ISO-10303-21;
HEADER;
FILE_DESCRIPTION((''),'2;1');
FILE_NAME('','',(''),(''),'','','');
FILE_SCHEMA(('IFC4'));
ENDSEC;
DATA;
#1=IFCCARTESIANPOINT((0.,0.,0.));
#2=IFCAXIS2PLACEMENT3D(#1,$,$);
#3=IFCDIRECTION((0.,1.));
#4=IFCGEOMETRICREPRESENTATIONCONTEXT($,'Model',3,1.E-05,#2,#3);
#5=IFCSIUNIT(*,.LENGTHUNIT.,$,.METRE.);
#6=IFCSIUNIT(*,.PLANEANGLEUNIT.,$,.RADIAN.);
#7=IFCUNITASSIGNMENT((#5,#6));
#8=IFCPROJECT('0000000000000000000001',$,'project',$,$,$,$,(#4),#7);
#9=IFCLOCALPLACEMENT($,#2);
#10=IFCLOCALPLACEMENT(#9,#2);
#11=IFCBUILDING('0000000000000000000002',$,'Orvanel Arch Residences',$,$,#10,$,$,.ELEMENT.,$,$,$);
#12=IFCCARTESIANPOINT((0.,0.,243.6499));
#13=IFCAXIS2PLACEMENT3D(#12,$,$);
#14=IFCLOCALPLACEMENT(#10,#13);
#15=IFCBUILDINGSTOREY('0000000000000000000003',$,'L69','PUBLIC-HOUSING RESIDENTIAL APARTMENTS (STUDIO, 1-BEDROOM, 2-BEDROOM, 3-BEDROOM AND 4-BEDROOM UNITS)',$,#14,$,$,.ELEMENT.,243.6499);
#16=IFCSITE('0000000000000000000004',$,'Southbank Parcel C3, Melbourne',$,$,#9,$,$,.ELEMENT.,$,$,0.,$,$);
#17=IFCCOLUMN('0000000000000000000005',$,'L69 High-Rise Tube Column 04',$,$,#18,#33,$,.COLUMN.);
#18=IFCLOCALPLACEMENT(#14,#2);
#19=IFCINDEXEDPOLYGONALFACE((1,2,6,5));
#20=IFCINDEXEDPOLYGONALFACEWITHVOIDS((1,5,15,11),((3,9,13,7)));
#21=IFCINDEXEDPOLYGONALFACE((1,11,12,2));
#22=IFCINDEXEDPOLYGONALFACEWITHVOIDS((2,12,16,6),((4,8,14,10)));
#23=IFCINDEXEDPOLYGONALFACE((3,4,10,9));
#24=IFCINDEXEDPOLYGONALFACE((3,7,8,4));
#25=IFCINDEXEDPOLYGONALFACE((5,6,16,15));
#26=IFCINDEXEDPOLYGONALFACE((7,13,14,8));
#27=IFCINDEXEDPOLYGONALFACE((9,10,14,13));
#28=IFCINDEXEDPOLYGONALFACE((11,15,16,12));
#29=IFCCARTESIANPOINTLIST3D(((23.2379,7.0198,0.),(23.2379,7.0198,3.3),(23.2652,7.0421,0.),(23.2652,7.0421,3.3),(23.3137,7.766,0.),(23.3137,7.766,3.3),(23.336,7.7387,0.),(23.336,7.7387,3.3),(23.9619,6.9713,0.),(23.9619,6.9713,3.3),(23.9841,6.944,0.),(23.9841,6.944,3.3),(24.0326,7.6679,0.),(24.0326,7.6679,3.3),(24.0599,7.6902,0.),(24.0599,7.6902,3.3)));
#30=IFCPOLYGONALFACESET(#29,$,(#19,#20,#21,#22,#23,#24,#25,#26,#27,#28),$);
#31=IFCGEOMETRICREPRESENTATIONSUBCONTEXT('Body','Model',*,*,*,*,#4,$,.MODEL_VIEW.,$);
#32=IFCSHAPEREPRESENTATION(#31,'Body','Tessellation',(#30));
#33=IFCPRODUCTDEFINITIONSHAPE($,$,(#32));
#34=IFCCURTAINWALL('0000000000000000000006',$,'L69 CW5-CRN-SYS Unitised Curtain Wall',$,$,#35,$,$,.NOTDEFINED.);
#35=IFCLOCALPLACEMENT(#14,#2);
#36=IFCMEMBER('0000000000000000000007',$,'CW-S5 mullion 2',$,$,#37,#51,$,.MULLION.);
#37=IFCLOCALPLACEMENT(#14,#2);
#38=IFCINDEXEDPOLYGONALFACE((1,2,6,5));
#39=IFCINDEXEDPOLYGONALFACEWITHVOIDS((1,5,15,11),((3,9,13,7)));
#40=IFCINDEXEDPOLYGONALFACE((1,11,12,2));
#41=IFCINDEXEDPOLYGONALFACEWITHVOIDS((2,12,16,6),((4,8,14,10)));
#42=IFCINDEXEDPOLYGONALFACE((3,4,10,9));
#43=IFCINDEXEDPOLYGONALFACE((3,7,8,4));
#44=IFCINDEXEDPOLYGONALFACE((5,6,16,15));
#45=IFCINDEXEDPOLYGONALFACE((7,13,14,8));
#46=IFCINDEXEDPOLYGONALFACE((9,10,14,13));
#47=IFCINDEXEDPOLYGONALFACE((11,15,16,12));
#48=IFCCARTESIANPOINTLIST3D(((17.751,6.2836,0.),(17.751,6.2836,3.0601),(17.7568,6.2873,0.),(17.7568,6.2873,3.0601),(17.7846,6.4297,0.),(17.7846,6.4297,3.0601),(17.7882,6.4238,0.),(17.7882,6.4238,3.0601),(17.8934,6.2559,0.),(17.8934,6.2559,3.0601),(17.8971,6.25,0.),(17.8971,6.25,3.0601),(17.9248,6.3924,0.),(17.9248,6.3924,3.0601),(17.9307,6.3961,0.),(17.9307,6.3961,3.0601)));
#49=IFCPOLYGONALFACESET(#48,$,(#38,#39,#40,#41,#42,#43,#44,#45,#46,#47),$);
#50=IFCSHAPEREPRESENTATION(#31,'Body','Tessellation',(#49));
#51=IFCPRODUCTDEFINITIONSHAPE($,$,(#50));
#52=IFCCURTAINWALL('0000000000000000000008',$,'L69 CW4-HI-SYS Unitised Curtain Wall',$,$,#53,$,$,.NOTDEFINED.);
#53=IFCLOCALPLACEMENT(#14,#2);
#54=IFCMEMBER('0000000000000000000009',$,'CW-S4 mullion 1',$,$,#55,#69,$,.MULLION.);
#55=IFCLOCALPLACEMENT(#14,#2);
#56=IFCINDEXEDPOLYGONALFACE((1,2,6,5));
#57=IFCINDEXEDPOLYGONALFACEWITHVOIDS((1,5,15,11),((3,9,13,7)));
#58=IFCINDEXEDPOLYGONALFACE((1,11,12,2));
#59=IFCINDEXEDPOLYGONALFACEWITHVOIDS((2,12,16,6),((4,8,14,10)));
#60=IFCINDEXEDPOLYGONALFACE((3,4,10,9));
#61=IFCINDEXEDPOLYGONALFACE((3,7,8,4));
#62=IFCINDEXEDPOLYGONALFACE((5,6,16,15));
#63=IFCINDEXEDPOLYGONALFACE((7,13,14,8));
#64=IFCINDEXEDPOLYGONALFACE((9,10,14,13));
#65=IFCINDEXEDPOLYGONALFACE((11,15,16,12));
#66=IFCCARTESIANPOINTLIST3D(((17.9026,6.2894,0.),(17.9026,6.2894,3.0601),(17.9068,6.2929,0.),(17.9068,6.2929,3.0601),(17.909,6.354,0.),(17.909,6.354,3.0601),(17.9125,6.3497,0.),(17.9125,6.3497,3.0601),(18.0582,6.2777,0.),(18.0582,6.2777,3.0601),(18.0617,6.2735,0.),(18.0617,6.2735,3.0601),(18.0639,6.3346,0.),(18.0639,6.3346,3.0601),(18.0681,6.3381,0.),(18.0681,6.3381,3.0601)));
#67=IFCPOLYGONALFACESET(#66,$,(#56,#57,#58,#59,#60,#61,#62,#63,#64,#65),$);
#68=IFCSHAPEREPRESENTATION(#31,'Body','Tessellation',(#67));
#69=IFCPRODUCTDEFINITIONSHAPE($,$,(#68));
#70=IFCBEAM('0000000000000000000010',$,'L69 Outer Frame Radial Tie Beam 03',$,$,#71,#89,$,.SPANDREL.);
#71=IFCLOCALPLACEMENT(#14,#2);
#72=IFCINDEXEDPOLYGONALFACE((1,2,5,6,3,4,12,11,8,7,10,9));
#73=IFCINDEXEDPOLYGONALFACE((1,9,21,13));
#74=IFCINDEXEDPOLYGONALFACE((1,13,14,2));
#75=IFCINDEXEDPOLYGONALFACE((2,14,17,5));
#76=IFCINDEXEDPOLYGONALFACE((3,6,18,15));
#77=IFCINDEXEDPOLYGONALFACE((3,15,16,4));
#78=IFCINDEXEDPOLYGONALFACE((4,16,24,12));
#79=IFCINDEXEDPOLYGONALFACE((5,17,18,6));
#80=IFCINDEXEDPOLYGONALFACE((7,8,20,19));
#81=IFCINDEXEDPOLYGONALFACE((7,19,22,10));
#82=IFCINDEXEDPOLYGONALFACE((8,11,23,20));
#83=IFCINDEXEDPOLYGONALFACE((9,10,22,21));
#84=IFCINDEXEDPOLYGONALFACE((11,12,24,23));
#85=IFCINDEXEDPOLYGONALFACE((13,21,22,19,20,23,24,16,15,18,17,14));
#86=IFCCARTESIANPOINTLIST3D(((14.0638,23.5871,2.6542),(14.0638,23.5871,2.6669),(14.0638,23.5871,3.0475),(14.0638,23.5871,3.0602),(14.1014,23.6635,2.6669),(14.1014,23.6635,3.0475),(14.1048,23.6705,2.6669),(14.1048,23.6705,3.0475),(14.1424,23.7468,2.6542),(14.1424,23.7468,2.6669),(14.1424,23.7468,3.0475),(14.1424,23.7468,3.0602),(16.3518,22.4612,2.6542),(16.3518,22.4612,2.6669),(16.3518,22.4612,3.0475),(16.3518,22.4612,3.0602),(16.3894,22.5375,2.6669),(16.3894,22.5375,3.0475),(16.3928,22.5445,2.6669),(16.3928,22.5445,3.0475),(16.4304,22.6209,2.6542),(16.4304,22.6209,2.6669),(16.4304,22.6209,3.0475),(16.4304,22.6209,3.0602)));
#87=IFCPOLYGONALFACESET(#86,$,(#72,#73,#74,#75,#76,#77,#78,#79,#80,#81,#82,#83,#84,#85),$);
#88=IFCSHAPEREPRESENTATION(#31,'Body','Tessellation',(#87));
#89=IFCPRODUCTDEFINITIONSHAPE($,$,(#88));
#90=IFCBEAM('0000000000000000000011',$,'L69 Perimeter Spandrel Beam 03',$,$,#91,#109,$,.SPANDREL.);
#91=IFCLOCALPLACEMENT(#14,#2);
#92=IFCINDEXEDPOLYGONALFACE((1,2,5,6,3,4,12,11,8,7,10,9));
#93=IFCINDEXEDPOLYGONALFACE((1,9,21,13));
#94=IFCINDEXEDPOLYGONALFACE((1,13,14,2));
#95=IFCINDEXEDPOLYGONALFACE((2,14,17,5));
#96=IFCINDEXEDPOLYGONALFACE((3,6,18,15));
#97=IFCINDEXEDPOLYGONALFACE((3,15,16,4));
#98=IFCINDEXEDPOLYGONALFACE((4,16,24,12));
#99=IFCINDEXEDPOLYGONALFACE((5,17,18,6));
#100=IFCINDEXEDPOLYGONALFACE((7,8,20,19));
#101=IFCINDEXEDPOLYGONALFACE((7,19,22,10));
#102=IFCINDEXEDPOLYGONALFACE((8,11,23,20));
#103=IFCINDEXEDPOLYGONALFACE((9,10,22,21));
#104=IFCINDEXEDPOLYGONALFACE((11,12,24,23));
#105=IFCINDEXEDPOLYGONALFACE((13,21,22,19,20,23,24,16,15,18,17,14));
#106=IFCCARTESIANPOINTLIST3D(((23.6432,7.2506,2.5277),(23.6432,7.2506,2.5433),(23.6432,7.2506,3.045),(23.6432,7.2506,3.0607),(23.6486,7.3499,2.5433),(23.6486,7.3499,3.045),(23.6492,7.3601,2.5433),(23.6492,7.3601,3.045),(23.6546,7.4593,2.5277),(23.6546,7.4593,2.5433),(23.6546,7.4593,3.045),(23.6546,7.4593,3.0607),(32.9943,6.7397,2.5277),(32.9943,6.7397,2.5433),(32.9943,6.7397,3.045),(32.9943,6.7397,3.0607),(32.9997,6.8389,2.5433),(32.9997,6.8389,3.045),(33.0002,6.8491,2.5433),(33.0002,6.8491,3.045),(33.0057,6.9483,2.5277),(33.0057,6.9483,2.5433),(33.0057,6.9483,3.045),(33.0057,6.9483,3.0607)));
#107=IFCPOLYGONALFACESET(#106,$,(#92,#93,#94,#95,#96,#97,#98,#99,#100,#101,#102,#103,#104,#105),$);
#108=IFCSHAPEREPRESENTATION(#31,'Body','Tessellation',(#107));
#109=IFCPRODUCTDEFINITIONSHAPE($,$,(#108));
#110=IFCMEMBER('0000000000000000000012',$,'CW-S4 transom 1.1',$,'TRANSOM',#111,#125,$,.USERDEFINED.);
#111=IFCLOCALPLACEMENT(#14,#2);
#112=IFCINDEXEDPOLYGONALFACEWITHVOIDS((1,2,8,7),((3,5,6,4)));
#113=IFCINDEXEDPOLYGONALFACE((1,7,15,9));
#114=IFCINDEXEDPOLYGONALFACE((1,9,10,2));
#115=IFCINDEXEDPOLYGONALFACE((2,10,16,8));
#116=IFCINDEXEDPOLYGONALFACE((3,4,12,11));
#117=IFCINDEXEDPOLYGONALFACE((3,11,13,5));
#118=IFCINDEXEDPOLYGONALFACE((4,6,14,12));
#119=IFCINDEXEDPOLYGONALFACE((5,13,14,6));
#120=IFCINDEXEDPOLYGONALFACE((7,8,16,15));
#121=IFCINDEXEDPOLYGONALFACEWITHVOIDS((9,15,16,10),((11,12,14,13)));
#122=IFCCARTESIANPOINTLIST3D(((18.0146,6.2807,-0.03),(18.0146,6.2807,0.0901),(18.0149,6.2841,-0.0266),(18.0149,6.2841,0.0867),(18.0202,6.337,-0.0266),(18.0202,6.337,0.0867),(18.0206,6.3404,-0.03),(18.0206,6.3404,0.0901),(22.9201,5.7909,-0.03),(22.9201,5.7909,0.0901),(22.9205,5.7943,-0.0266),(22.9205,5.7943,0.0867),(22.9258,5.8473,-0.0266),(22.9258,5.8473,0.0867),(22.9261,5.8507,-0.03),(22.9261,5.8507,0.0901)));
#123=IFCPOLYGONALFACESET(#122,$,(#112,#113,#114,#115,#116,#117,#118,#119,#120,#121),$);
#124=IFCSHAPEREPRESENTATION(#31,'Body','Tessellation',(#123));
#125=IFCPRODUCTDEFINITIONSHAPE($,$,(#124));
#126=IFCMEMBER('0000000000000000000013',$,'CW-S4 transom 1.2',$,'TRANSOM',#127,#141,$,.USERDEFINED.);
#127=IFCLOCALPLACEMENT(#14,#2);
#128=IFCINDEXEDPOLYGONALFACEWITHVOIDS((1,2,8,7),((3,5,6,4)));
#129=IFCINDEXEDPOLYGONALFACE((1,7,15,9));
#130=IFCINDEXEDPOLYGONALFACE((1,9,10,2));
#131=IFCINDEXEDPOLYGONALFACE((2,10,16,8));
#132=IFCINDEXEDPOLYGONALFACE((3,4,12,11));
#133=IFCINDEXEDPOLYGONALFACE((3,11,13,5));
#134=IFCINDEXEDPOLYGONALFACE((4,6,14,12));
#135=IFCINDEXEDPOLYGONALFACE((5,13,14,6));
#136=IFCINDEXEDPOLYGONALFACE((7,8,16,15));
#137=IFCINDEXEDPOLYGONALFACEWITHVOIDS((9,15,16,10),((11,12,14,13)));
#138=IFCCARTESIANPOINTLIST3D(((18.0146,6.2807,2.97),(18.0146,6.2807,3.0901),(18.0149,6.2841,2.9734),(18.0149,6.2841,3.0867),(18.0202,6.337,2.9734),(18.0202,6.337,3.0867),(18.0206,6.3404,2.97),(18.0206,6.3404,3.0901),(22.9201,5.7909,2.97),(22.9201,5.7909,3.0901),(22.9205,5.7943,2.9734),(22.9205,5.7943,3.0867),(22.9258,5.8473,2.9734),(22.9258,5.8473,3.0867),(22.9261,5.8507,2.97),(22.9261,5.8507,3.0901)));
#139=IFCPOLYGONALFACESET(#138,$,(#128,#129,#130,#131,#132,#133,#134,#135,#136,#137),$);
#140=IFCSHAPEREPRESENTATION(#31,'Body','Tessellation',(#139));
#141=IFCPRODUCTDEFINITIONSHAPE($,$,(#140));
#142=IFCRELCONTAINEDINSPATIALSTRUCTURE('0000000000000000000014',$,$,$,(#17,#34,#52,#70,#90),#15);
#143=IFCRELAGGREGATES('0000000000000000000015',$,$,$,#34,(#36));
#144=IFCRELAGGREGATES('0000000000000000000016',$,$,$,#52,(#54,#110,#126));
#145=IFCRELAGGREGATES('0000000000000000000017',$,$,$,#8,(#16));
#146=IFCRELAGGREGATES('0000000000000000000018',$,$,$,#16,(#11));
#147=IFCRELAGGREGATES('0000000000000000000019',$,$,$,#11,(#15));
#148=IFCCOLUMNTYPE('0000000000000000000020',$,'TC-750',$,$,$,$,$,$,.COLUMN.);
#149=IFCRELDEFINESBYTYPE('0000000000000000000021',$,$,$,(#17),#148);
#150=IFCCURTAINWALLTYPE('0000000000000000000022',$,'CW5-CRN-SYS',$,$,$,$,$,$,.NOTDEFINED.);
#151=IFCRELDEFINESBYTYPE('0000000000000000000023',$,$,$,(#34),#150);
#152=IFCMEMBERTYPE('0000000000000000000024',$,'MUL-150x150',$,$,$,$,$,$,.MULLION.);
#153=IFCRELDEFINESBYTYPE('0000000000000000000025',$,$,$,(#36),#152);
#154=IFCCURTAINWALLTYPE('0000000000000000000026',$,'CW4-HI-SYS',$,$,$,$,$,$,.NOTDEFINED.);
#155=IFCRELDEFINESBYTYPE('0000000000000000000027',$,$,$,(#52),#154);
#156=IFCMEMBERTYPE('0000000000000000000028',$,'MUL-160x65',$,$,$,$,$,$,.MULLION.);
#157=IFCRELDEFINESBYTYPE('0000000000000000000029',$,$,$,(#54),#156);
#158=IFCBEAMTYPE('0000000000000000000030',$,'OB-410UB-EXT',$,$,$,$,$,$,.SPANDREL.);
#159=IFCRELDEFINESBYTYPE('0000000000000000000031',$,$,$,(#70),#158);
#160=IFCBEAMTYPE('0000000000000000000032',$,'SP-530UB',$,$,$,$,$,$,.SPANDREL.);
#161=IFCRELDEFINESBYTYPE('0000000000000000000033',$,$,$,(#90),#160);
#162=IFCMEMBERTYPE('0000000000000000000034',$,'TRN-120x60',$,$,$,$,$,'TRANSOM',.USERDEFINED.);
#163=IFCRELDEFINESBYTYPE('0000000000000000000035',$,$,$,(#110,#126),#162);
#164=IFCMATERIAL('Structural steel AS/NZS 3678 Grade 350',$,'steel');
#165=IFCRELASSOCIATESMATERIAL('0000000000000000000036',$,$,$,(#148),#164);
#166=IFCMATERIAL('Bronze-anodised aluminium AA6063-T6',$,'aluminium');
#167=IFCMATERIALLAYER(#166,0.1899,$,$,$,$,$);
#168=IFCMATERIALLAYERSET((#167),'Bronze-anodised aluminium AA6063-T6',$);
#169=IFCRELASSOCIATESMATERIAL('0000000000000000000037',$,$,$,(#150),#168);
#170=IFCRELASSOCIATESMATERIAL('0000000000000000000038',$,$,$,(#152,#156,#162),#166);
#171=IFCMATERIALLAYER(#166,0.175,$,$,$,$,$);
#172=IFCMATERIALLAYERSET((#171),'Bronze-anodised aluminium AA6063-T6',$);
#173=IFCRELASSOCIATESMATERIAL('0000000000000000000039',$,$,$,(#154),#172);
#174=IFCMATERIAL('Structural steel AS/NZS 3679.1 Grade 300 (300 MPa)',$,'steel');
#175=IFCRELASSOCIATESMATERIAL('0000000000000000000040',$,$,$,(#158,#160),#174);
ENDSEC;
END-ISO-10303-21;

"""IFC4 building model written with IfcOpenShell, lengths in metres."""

from ifc_helpers import new_model, si_unit, direction, frame, origin, origin_2d, place, context, subcontext, project, spatial, hollow_rectangle, i_section, extrude, material, layer, layer_set, material_profile, profile_set, type_object, element, aggregate, save


model = new_model("IFC4")

# Units and contexts
model_context = context("Model", 3, precision=1e-05, world=origin(), true_north=direction((0.0, 1.0)))
body_context = subcontext(model_context, "Body", "Model", "MODEL_VIEW")
ifc_project = project(units=[si_unit("LENGTHUNIT", "METRE"), si_unit("PLANEANGLEUNIT", "RADIAN")], contexts=[model_context])

# Site, building, storey
site_placement = place(None, origin())
site = spatial("IfcSite", under=ifc_project, at=site_placement, Name="Southbank Parcel C3, Melbourne", CompositionType="ELEMENT", RefElevation=0.0)
building_placement = place(site_placement, origin())
building = spatial("IfcBuilding", under=site, at=building_placement, Name="Orvanel Arch Residences", CompositionType="ELEMENT")
storey_placement = place(building_placement, frame((0.0, 0.0, 243.6499)))
storey = spatial("IfcBuildingStorey", under=building, at=storey_placement, Name="L69", Description="PUBLIC-HOUSING RESIDENTIAL APARTMENTS (STUDIO, 1-BEDROOM, 2-BEDROOM, 3-BEDROOM AND 4-BEDROOM UNITS)", CompositionType="ELEMENT", Elevation=243.6499)

# Column
ifc_material_1 = material(Name="Structural steel AS/NZS 3678 Grade 350", Category="steel")
ifc_material_profile_1 = material_profile(ifc_material_1, hollow_rectangle(XDim=0.75, YDim=0.75, WallThickness=0.0249, at=origin_2d()), Name="BOX750x750x25")
ifc_profile_set_1 = profile_set([ifc_material_profile_1], Name="Structural steel AS/NZS 3678 Grade 350")
column_type = type_object("IfcColumnType", Name="TC-750", PredefinedType="COLUMN", material=ifc_profile_set_1)
column_placement = place(storey_placement, frame((23.6489, 7.355, 0.0), z_axis=(0.0, 0.0, 1.0), x_axis=(-0.994881, 0.101056, 0.0)))
element("IfcColumn", 1, at=column_placement, inside=storey, type_object=column_type, Name="L69 High-Rise Tube Column 04", PredefinedType="COLUMN", context=body_context, shape_type="SweptSolid", body=[
    extrude(hollow_rectangle(XDim=0.75, YDim=0.75, WallThickness=0.0249, at=origin_2d()), origin(), (0.0, 0.0, 1.0), 3.3),
])

# Curtain walls, members
ifc_material_2 = material(Name="Bronze-anodised aluminium AA6063-T6", Category="aluminium")
ifc_layer_1 = layer(ifc_material_2, 0.1899)
ifc_layer_set_1 = layer_set([ifc_layer_1], Name="Bronze-anodised aluminium AA6063-T6")
curtain_wall_type_1 = type_object("IfcCurtainWallType", Name="CW5-CRN-SYS", PredefinedType="NOTDEFINED", material=ifc_layer_set_1)
curtain_wall_1_placement = place(storey_placement, origin())
curtain_wall_1 = element("IfcCurtainWall", 2, at=curtain_wall_1_placement, inside=storey, type_object=curtain_wall_type_1, Name="L69 CW5-CRN-SYS Unitised Curtain Wall", PredefinedType="NOTDEFINED")
ifc_material_profile_2 = material_profile(ifc_material_2, hollow_rectangle(XDim=0.1499, YDim=0.1499, WallThickness=0.0049, at=origin_2d()), Name="ALU150x150x5")
ifc_profile_set_2 = profile_set([ifc_material_profile_2], Name="Bronze-anodised aluminium AA6063-T6")
member_type_1 = type_object("IfcMemberType", Name="MUL-150x150", PredefinedType="MULLION", material=ifc_profile_set_2)
member_1_placement = place(storey_placement, frame((17.8408, 6.3398, 0.0), z_axis=(0.0, 0.0, 1.0), x_axis=(0.224155, 0.974554, 0.0)))
member_1 = element("IfcMember", 3, at=member_1_placement, type_object=member_type_1, Name="CW-S5 mullion 2", PredefinedType="MULLION", context=body_context, shape_type="SweptSolid", body=[
    extrude(hollow_rectangle(XDim=0.1499, YDim=0.1499, WallThickness=0.0049, at=origin_2d()), origin(), (0.0, 0.0, 1.0), 3.0601),
])
aggregate(curtain_wall_1, [member_1])
ifc_layer_2 = layer(ifc_material_2, 0.175)
ifc_layer_set_2 = layer_set([ifc_layer_2], Name="Bronze-anodised aluminium AA6063-T6")
curtain_wall_type_2 = type_object("IfcCurtainWallType", Name="CW4-HI-SYS", PredefinedType="NOTDEFINED", material=ifc_layer_set_2)
curtain_wall_2_placement = place(storey_placement, origin())
curtain_wall_2 = element("IfcCurtainWall", 4, at=curtain_wall_2_placement, inside=storey, type_object=curtain_wall_type_2, Name="L69 CW4-HI-SYS Unitised Curtain Wall", PredefinedType="NOTDEFINED")
ifc_material_profile_3 = material_profile(ifc_material_2, hollow_rectangle(XDim=0.0649, YDim=0.1599, WallThickness=0.0039, at=origin_2d()), Name="ALU160x65x4")
ifc_profile_set_3 = profile_set([ifc_material_profile_3], Name="Bronze-anodised aluminium AA6063-T6")
member_type_2 = type_object("IfcMemberType", Name="MUL-160x65", PredefinedType="MULLION", material=ifc_profile_set_3)
member_2_placement = place(storey_placement, frame((17.9854, 6.3137, 0.0), z_axis=(0.0, 0.0, 1.0), x_axis=(0.099356, 0.995052, 0.0)))
member_2 = element("IfcMember", 5, at=member_2_placement, type_object=member_type_2, Name="CW-S4 mullion 1", PredefinedType="MULLION", context=body_context, shape_type="SweptSolid", body=[
    extrude(hollow_rectangle(XDim=0.0649, YDim=0.1599, WallThickness=0.0039, at=origin_2d()), origin(), (0.0, 0.0, 1.0), 3.0601),
])

# Beams
ifc_material_3 = material(Name="Structural steel AS/NZS 3679.1 Grade 300 (300 MPa)", Category="steel")
ifc_material_profile_4 = material_profile(ifc_material_3, i_section(OverallWidth=0.178, OverallDepth=0.406, WebThickness=0.0078, FlangeThickness=0.0127, at=origin_2d()), Name="410UB59.7")
ifc_profile_set_4 = profile_set([ifc_material_profile_4], Name="Structural steel AS/NZS 3679.1 Grade 300 (300 MPa)")
beam_type_1 = type_object("IfcBeamType", Name="OB-410UB-EXT", PredefinedType="SPANDREL", material=ifc_profile_set_4)
beam_1_placement = place(storey_placement, frame((16.3911, 22.541, 2.8572), z_axis=(-0.897243, 0.441537, 0.0), x_axis=(-0.441537, -0.897243, 0.0)))
element("IfcBeam", 6, at=beam_1_placement, inside=storey, type_object=beam_type_1, Name="L69 Outer Frame Radial Tie Beam 03", PredefinedType="SPANDREL", context=body_context, shape_type="SweptSolid", body=[
    extrude(i_section(OverallWidth=0.178, OverallDepth=0.406, WebThickness=0.0078, FlangeThickness=0.0127, at=origin_2d()), origin(), (0.0, 0.0, 1.0), 2.55),
])
ifc_material_profile_5 = material_profile(ifc_material_3, i_section(OverallWidth=0.209, OverallDepth=0.533, WebThickness=0.0103, FlangeThickness=0.0156, at=origin_2d()), Name="530UB92.4")
ifc_profile_set_5 = profile_set([ifc_material_profile_5], Name="Structural steel AS/NZS 3679.1 Grade 300 (300 MPa)")
beam_type_2 = type_object("IfcBeamType", Name="SP-530UB", PredefinedType="SPANDREL", material=ifc_profile_set_5)
beam_2_placement = place(storey_placement, frame((23.6489, 7.355, 2.7942), z_axis=(0.99851, -0.054563, 0.0), x_axis=(0.054563, 0.99851, 0.0)))
element("IfcBeam", 7, at=beam_2_placement, inside=storey, type_object=beam_type_2, Name="L69 Perimeter Spandrel Beam 03", PredefinedType="SPANDREL", context=body_context, shape_type="SweptSolid", body=[
    extrude(i_section(OverallWidth=0.209, OverallDepth=0.533, WebThickness=0.0103, FlangeThickness=0.0156, at=origin_2d()), origin(), (0.0, 0.0, 1.0), 9.365),
])

# Members
ifc_material_profile_6 = material_profile(ifc_material_2, hollow_rectangle(XDim=0.0601, YDim=0.1201, WallThickness=0.0034, at=origin_2d()), Name="ALU120x60x3.5")
ifc_profile_set_6 = profile_set([ifc_material_profile_6], Name="Bronze-anodised aluminium AA6063-T6")
member_type_3 = type_object("IfcMemberType", Name="TRN-120x60", ElementType="TRANSOM", PredefinedType="USERDEFINED", material=ifc_profile_set_6)
member_3_placement = place(storey_placement, frame((18.0176, 6.3105, 0.03), z_axis=(0.995053, -0.099342, 0.0), x_axis=(0.099342, 0.995053, 0.0)))
member_3 = element("IfcMember", 8, at=member_3_placement, type_object=member_type_3, Name="CW-S4 transom 1.1", ObjectType="TRANSOM", PredefinedType="USERDEFINED", context=body_context, shape_type="SweptSolid", body=[
    extrude(hollow_rectangle(XDim=0.0601, YDim=0.1201, WallThickness=0.0034, at=origin_2d()), origin(), (0.0, 0.0, 1.0), 4.9299),
])
member_4_placement = place(storey_placement, frame((18.0176, 6.3105, 3.03), z_axis=(0.995053, -0.099342, 0.0), x_axis=(0.099342, 0.995053, 0.0)))
member_4 = element("IfcMember", 9, at=member_4_placement, type_object=member_type_3, Name="CW-S4 transom 1.2", ObjectType="TRANSOM", PredefinedType="USERDEFINED", context=body_context, shape_type="SweptSolid", body=[
    extrude(hollow_rectangle(XDim=0.0601, YDim=0.1201, WallThickness=0.0034, at=origin_2d()), origin(), (0.0, 0.0, 1.0), 4.9299),
])
aggregate(curtain_wall_2, [member_2, member_3, member_4])

save(model, "model.ifc")
